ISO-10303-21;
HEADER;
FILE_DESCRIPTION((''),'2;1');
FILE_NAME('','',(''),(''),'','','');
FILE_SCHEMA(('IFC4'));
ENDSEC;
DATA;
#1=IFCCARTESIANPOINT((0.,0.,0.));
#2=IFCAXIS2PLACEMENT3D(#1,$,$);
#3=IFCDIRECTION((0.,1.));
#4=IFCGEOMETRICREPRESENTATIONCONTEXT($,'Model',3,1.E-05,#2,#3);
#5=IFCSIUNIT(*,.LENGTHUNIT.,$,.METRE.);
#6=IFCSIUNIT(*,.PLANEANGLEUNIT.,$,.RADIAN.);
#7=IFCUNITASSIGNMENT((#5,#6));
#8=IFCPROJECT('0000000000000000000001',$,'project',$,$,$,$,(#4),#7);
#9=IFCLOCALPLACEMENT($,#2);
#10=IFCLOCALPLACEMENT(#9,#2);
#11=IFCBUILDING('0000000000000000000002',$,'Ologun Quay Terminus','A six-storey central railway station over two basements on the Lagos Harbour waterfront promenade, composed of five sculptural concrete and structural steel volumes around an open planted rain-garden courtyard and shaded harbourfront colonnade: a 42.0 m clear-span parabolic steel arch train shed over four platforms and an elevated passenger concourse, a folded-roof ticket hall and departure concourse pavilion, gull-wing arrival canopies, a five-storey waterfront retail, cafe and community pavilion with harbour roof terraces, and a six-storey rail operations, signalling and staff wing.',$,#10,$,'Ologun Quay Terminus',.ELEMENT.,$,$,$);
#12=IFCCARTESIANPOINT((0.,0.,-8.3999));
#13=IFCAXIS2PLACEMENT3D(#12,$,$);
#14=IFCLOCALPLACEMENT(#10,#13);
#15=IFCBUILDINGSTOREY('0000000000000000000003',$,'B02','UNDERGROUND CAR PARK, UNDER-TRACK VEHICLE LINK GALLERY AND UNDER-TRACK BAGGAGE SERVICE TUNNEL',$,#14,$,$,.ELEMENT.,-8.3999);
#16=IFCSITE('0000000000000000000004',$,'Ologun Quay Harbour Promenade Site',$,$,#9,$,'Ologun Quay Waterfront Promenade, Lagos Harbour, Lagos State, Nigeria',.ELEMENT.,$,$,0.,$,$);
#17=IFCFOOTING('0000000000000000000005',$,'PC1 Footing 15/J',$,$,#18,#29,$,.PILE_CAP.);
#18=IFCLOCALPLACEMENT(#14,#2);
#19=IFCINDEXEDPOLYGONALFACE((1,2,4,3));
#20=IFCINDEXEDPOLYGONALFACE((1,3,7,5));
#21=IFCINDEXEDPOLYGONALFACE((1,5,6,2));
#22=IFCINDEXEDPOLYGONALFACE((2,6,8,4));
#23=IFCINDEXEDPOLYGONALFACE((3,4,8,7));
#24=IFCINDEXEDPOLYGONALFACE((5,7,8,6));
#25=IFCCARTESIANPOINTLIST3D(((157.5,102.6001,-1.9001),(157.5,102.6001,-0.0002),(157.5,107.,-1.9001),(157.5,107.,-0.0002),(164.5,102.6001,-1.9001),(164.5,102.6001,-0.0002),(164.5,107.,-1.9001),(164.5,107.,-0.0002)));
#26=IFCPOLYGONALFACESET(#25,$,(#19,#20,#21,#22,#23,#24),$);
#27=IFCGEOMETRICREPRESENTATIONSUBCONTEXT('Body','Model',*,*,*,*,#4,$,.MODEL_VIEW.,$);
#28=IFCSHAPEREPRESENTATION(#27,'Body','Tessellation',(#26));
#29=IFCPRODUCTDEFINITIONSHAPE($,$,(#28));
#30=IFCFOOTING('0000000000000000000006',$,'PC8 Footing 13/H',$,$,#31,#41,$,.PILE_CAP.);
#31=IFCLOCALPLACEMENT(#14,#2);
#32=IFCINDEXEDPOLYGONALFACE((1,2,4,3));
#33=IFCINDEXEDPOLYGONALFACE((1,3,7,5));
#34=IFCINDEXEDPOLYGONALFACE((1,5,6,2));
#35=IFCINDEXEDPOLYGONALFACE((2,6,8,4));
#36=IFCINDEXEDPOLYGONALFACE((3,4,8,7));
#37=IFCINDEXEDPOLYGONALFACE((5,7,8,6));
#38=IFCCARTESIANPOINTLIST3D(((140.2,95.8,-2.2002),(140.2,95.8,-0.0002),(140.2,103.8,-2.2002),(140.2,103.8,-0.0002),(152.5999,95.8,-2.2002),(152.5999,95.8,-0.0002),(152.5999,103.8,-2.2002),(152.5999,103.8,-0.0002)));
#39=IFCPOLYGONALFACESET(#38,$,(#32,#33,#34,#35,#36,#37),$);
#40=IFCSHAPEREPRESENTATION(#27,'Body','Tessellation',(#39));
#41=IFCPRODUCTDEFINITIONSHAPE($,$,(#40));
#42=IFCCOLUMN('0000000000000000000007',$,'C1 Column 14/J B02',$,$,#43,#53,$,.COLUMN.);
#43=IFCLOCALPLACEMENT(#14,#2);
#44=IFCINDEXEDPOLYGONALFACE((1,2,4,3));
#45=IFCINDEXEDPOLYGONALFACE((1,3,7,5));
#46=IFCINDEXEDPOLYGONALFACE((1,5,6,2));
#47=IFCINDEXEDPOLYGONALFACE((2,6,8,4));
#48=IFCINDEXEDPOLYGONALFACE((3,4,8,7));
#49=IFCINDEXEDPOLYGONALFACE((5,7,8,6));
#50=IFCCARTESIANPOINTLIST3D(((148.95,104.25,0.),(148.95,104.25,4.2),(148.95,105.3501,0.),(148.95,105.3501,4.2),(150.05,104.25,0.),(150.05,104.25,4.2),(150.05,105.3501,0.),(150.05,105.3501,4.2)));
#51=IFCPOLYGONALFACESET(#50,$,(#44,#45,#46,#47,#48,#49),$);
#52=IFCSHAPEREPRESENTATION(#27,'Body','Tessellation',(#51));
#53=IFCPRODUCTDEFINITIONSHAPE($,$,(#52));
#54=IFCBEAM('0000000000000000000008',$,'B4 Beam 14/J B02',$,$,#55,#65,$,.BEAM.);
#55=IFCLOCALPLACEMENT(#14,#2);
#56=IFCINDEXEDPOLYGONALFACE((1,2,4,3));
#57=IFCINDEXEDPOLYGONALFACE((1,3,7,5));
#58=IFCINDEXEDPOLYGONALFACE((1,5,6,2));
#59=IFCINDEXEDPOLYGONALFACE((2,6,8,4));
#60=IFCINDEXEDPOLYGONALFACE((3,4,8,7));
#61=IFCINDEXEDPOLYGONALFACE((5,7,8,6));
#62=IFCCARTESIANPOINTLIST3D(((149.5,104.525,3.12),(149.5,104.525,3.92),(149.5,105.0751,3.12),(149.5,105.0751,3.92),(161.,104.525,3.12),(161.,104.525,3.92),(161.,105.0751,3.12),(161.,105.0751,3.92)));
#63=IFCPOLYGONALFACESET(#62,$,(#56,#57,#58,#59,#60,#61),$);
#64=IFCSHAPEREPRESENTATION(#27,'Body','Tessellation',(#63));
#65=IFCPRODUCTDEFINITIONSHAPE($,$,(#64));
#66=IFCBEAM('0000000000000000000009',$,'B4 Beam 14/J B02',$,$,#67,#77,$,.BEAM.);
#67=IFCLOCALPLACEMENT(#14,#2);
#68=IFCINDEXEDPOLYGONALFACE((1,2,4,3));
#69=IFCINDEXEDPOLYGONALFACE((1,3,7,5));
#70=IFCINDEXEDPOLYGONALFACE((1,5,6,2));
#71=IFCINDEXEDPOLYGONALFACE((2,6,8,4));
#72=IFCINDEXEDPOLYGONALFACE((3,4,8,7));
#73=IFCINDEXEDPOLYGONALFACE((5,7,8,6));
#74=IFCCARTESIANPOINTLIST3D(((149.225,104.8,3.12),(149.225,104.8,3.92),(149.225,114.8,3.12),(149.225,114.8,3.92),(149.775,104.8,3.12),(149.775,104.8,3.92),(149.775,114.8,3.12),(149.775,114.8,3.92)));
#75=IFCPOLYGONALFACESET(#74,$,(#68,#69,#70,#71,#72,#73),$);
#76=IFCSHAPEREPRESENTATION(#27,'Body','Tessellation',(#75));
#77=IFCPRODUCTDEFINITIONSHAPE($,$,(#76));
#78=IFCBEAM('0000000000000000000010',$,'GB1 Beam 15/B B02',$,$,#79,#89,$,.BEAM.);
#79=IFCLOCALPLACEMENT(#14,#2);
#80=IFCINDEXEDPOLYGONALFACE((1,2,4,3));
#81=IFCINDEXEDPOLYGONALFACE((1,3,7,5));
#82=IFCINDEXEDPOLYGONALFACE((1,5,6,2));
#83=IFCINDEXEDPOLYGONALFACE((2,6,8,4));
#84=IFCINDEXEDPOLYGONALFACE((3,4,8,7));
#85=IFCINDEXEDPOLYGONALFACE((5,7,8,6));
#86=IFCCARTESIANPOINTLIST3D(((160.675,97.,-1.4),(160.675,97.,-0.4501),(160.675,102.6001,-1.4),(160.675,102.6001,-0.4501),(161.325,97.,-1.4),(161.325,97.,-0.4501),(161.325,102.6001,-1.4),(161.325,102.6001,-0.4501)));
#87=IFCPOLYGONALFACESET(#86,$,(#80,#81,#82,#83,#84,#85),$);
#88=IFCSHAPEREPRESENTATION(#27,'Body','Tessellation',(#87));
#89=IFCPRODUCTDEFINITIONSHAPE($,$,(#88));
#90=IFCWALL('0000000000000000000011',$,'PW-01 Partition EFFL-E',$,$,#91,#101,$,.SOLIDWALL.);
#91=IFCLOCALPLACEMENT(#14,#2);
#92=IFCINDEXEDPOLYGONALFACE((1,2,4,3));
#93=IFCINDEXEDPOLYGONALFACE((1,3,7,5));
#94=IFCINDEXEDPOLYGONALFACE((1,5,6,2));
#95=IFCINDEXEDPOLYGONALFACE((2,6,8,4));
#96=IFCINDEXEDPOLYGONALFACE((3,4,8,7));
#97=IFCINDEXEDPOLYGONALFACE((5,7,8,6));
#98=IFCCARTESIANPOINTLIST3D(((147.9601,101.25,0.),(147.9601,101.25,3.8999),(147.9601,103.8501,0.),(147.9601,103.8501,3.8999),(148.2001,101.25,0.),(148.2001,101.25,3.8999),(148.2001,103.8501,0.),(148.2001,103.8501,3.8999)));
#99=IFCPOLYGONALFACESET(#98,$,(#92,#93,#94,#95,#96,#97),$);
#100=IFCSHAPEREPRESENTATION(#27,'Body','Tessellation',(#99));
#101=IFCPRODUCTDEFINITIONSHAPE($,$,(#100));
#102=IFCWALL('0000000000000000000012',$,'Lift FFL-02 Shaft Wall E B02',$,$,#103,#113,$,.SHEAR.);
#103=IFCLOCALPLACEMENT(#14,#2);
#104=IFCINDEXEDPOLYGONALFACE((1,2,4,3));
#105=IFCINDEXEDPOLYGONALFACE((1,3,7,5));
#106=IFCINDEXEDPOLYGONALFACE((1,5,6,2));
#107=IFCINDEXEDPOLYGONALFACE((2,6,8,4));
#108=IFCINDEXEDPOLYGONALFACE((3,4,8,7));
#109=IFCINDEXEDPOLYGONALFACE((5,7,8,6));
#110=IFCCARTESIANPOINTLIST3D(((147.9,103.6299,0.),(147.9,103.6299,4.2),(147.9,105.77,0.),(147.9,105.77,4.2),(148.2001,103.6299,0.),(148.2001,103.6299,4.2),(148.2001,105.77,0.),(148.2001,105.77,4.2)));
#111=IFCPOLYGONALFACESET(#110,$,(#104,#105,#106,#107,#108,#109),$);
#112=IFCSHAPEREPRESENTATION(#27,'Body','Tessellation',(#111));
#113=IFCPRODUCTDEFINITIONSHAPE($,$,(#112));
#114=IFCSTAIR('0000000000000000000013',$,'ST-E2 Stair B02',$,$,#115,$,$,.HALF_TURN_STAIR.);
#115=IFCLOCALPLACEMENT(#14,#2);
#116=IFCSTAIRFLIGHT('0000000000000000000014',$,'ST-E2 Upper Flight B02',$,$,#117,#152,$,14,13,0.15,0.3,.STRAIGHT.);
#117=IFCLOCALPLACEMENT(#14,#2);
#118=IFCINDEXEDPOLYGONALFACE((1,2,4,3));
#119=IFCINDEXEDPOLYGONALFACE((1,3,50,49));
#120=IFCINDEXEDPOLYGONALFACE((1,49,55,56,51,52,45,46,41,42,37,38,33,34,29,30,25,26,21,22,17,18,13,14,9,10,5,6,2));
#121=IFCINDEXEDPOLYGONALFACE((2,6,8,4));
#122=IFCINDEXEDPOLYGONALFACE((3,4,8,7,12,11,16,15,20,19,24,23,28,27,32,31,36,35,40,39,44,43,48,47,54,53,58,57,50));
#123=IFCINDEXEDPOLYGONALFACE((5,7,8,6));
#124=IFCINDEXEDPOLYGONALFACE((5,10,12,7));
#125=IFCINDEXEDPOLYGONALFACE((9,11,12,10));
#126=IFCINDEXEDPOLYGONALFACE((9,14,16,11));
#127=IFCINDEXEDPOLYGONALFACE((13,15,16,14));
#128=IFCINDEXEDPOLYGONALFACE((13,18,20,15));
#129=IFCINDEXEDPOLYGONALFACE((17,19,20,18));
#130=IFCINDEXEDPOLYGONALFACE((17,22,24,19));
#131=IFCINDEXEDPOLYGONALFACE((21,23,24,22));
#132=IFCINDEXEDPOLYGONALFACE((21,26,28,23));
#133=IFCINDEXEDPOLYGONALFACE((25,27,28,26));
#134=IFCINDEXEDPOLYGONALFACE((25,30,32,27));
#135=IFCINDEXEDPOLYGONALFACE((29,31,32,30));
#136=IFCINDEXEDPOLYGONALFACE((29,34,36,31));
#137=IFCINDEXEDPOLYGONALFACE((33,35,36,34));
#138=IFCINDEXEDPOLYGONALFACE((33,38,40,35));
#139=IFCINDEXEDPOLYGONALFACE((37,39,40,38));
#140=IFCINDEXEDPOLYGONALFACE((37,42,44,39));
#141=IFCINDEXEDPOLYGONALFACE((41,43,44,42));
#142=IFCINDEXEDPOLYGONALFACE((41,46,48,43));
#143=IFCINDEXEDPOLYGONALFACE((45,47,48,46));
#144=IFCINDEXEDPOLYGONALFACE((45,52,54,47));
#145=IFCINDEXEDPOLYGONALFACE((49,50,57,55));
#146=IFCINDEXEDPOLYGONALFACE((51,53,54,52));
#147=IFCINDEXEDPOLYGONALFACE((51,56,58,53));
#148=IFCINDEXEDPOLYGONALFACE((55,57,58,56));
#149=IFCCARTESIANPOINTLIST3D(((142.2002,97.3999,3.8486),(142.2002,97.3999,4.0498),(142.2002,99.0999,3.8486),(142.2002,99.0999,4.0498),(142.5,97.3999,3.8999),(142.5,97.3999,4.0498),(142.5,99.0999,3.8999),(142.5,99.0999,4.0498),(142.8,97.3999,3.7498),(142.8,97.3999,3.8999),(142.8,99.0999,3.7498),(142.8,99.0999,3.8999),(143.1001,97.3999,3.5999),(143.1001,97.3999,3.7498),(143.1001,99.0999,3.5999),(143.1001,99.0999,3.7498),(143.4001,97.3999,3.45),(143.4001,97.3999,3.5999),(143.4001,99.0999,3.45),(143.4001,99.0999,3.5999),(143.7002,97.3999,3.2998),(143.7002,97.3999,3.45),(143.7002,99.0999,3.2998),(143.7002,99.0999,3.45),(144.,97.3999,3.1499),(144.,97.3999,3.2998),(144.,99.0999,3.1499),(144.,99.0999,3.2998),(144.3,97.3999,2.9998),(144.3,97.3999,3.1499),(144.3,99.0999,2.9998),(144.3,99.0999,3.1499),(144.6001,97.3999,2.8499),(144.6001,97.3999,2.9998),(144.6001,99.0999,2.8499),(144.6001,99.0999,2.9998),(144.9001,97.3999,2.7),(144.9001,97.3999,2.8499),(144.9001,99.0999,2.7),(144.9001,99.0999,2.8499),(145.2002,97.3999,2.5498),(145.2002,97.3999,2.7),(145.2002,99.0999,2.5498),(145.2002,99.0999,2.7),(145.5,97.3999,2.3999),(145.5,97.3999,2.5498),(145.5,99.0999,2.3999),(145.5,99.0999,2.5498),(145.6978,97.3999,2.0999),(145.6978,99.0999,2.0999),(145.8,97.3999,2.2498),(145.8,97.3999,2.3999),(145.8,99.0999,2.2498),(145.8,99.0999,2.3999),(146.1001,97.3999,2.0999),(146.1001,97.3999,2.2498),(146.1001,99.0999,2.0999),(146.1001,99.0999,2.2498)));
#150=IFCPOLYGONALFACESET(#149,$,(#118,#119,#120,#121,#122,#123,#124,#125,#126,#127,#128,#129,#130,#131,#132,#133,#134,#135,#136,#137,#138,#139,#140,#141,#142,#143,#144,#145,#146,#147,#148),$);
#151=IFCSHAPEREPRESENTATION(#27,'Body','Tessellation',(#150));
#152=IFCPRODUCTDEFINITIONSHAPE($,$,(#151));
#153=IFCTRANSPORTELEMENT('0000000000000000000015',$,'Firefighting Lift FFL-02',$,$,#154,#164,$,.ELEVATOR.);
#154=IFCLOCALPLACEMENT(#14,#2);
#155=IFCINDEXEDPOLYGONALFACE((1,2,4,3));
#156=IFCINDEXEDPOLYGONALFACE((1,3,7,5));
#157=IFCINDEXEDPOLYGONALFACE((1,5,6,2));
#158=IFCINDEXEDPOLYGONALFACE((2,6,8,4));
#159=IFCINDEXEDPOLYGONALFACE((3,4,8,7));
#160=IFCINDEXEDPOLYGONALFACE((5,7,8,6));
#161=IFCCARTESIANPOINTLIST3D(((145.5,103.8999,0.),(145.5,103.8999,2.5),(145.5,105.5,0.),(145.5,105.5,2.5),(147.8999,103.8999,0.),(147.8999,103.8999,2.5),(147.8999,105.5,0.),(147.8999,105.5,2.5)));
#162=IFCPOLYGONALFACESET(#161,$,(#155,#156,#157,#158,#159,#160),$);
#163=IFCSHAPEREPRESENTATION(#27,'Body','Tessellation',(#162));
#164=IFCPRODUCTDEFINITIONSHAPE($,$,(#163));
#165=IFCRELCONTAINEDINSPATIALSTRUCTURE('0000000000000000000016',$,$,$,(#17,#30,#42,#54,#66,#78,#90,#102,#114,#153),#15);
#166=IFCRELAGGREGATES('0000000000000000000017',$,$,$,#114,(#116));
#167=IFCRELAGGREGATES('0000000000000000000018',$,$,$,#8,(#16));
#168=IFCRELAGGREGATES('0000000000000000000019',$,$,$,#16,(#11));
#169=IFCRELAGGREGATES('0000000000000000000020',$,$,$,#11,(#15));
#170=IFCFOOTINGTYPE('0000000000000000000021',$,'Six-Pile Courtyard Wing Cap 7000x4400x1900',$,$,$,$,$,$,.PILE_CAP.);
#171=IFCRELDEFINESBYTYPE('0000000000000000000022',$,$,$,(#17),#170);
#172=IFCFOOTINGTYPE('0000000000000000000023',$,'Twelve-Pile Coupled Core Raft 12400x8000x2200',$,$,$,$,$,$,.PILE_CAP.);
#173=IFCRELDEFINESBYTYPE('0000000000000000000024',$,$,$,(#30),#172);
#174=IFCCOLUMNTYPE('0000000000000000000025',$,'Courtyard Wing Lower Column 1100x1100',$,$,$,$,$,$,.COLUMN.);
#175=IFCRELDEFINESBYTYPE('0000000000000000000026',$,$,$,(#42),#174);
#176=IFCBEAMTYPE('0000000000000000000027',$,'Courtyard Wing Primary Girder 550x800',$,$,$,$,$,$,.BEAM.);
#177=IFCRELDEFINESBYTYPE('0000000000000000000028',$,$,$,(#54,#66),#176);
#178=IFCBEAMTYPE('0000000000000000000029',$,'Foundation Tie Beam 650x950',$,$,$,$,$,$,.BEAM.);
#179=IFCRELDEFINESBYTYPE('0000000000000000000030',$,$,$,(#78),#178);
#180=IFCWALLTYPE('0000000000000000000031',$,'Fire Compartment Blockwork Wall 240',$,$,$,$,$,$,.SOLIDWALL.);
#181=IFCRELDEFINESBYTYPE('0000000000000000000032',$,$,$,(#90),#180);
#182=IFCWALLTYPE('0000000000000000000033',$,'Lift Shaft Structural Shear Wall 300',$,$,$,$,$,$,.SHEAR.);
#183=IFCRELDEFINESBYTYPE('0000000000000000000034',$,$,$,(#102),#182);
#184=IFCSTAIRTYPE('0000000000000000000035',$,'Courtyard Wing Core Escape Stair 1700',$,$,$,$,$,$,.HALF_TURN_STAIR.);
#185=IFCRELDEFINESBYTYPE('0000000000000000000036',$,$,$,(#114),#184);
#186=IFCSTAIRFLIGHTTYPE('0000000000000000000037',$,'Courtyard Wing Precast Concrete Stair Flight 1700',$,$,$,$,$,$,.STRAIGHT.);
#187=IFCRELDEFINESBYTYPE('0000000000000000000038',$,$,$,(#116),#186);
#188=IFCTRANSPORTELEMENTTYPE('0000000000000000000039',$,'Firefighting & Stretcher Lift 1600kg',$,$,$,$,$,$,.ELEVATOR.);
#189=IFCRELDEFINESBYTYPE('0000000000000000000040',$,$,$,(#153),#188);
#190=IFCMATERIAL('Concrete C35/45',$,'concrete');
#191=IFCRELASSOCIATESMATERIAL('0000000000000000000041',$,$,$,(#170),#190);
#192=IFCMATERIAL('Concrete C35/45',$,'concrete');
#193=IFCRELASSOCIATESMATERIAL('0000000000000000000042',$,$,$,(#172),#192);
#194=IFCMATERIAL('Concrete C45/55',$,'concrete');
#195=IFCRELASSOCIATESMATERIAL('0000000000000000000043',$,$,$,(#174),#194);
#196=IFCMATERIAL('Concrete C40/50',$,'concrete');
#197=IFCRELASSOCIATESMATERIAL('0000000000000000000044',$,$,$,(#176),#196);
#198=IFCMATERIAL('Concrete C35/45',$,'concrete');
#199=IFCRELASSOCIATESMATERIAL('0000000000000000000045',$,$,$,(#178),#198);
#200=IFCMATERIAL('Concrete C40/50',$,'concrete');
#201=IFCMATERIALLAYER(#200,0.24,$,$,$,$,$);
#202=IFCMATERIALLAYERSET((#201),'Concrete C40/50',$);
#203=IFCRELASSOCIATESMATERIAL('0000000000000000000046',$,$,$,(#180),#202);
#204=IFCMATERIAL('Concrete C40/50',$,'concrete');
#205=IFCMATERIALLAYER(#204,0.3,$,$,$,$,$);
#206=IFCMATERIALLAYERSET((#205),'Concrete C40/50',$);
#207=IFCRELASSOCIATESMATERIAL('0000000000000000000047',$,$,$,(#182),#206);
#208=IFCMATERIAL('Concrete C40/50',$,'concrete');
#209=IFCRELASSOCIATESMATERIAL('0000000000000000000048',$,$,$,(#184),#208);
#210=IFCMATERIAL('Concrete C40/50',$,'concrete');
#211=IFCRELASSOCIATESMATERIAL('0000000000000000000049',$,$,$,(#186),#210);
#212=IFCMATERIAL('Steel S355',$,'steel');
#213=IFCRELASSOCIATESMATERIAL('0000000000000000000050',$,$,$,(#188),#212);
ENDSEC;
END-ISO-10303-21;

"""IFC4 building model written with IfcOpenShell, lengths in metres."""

from ifc_helpers import new_model, si_unit, direction, frame, frame_2d, origin, origin_2d, place, context, subcontext, project, spatial, polyline, rectangle, outline, extrude, material, layer, layer_set, material_profile, profile_set, type_object, element, aggregate, save


model = new_model("IFC4")

# Units and contexts
model_context = context("Model", 3, precision=1e-05, world=origin(), true_north=direction((0.0, 1.0)))
body_context = subcontext(model_context, "Body", "Model", "MODEL_VIEW")
ifc_project = project(units=[si_unit("LENGTHUNIT", "METRE"), si_unit("PLANEANGLEUNIT", "RADIAN")], contexts=[model_context])

# Site, building, storey
site_placement = place(None, origin())
site = spatial("IfcSite", under=ifc_project, at=site_placement, Name="Ologun Quay Harbour Promenade Site", LongName="Ologun Quay Waterfront Promenade, Lagos Harbour, Lagos State, Nigeria", CompositionType="ELEMENT", RefElevation=0.0)
building_placement = place(site_placement, origin())
building = spatial("IfcBuilding", under=site, at=building_placement, Name="Ologun Quay Terminus", Description="A six-storey central railway station over two basements on the Lagos Harbour waterfront promenade, composed of five sculptural concrete and structural steel volumes around an open planted rain-garden courtyard and shaded harbourfront colonnade: a 42.0 m clear-span parabolic steel arch train shed over four platforms and an elevated passenger concourse, a folded-roof ticket hall and departure concourse pavilion, gull-wing arrival canopies, a five-storey waterfront retail, cafe and community pavilion with harbour roof terraces, and a six-storey rail operations, signalling and staff wing.", LongName="Ologun Quay Terminus", CompositionType="ELEMENT")
storey_placement = place(building_placement, frame((0.0, 0.0, -8.3999)))
storey = spatial("IfcBuildingStorey", under=building, at=storey_placement, Name="B02", Description="UNDERGROUND CAR PARK, UNDER-TRACK VEHICLE LINK GALLERY AND UNDER-TRACK BAGGAGE SERVICE TUNNEL", CompositionType="ELEMENT", Elevation=-8.3999)

# Footings
ifc_material_1 = material(Name="Concrete C35/45", Category="concrete")
footing_type_1 = type_object("IfcFootingType", Name="Six-Pile Courtyard Wing Cap 7000x4400x1900", PredefinedType="PILE_CAP", material=ifc_material_1)
footing_1_placement = place(storey_placement, frame((161.0, 104.8, -1.9001), z_axis=(0.0, 0.0, 1.0), x_axis=(1.0, 0.0, 0.0)))
element("IfcFooting", 1, at=footing_1_placement, inside=storey, type_object=footing_type_1, Name="PC1 Footing 15/J", PredefinedType="PILE_CAP", context=body_context, shape_type="SweptSolid", body=[
    extrude(rectangle(XDim=7.0, YDim=4.3999, at=origin_2d()), origin(), (0.0, 0.0, 1.0), 1.8999),
])
ifc_material_2 = material(Name="Concrete C35/45", Category="concrete")
footing_type_2 = type_object("IfcFootingType", Name="Twelve-Pile Coupled Core Raft 12400x8000x2200", PredefinedType="PILE_CAP", material=ifc_material_2)
footing_2_placement = place(storey_placement, frame((146.3999, 99.8, -2.2002), z_axis=(0.0, 0.0, 1.0), x_axis=(1.0, 0.0, 0.0)))
element("IfcFooting", 2, at=footing_2_placement, inside=storey, type_object=footing_type_2, Name="PC8 Footing 13/H", PredefinedType="PILE_CAP", context=body_context, shape_type="SweptSolid", body=[
    extrude(rectangle(XDim=12.3999, YDim=8.0, at=origin_2d()), origin(), (0.0, 0.0, 1.0), 2.2),
])

# Column
ifc_material_3 = material(Name="Concrete C45/55", Category="concrete")
ifc_material_profile_1 = material_profile(ifc_material_3, rectangle(XDim=1.1001, YDim=1.1001, at=origin_2d()), Name="RC 1100x1100")
ifc_profile_set_1 = profile_set([ifc_material_profile_1], Name="Concrete C45/55")
column_type = type_object("IfcColumnType", Name="Courtyard Wing Lower Column 1100x1100", PredefinedType="COLUMN", material=ifc_profile_set_1)
column_placement = place(storey_placement, frame((149.5, 104.8, 0.0), z_axis=(0.0, 0.0, 1.0), x_axis=(1.0, 0.0, 0.0)))
element("IfcColumn", 3, at=column_placement, inside=storey, type_object=column_type, Name="C1 Column 14/J B02", PredefinedType="COLUMN", context=body_context, shape_type="SweptSolid", body=[
    extrude(rectangle(XDim=1.1001, YDim=1.1001, at=origin_2d()), origin(), (0.0, 0.0, 1.0), 4.2),
])

# Beams
ifc_material_4 = material(Name="Concrete C40/50", Category="concrete")
ifc_material_profile_2 = material_profile(ifc_material_4, rectangle(XDim=0.55, YDim=0.8, at=origin_2d()), Name="RC 550x800")
ifc_profile_set_2 = profile_set([ifc_material_profile_2], Name="Concrete C40/50")
beam_type_1 = type_object("IfcBeamType", Name="Courtyard Wing Primary Girder 550x800", PredefinedType="BEAM", material=ifc_profile_set_2)
beam_1_placement = place(storey_placement, frame((149.5, 104.8, 3.52), z_axis=(1.0, 0.0, 0.0), x_axis=(0.0, 1.0, 0.0)))
element("IfcBeam", 4, at=beam_1_placement, inside=storey, type_object=beam_type_1, Name="B4 Beam 14/J B02", PredefinedType="BEAM", context=body_context, shape_type="SweptSolid", body=[
    extrude(rectangle(XDim=0.55, YDim=0.8, at=origin_2d()), origin(), (0.0, 0.0, 1.0), 11.5),
])
beam_2_placement = place(storey_placement, frame((149.5, 104.8, 3.52), z_axis=(0.0, 1.0, 0.0), x_axis=(-1.0, 0.0, 0.0)))
element("IfcBeam", 5, at=beam_2_placement, inside=storey, type_object=beam_type_1, Name="B4 Beam 14/J B02", PredefinedType="BEAM", context=body_context, shape_type="SweptSolid", body=[
    extrude(rectangle(XDim=0.55, YDim=0.8, at=origin_2d()), origin(), (0.0, 0.0, 1.0), 10.0),
])
ifc_material_5 = material(Name="Concrete C35/45", Category="concrete")
ifc_material_profile_3 = material_profile(ifc_material_5, rectangle(XDim=0.6499, YDim=0.95, at=origin_2d()), Name="RC 650x950")
ifc_profile_set_3 = profile_set([ifc_material_profile_3], Name="Concrete C35/45")
beam_type_2 = type_object("IfcBeamType", Name="Foundation Tie Beam 650x950", PredefinedType="BEAM", material=ifc_profile_set_3)
beam_3_placement = place(storey_placement, frame((161.0, 97.0, -0.925), z_axis=(0.0, 1.0, 0.0), x_axis=(-1.0, 0.0, 0.0)))
element("IfcBeam", 6, at=beam_3_placement, inside=storey, type_object=beam_type_2, Name="GB1 Beam 15/B B02", PredefinedType="BEAM", context=body_context, shape_type="SweptSolid", body=[
    extrude(rectangle(XDim=0.6499, YDim=0.95, at=origin_2d()), origin(), (0.0, 0.0, 1.0), 5.6001),
])

# Walls
ifc_material_6 = material(Name="Concrete C40/50", Category="concrete")
ifc_layer_1 = layer(ifc_material_6, 0.24)
ifc_layer_set_1 = layer_set([ifc_layer_1], Name="Concrete C40/50")
wall_type_1 = type_object("IfcWallType", Name="Fire Compartment Blockwork Wall 240", PredefinedType="SOLIDWALL", material=ifc_layer_set_1)
wall_1_placement = place(storey_placement, frame((148.0801, 101.25, 0.0), z_axis=(0.0, 0.0, 1.0), x_axis=(0.0, 1.0, 0.0)))
element("IfcWall", 7, at=wall_1_placement, inside=storey, type_object=wall_type_1, Name="PW-01 Partition EFFL-E", PredefinedType="SOLIDWALL", context=body_context, shape_type="SweptSolid", body=[
    extrude(rectangle(XDim=2.6001, YDim=0.24, at=frame_2d((1.3, 0.0))), origin(), (0.0, 0.0, 1.0), 3.8999),
])
ifc_material_7 = material(Name="Concrete C40/50", Category="concrete")
ifc_layer_2 = layer(ifc_material_7, 0.3)
ifc_layer_set_2 = layer_set([ifc_layer_2], Name="Concrete C40/50")
wall_type_2 = type_object("IfcWallType", Name="Lift Shaft Structural Shear Wall 300", PredefinedType="SHEAR", material=ifc_layer_set_2)
wall_2_placement = place(storey_placement, frame((148.05, 103.6299, 0.0), z_axis=(0.0, 0.0, 1.0), x_axis=(0.0, 1.0, 0.0)))
element("IfcWall", 8, at=wall_2_placement, inside=storey, type_object=wall_type_2, Name="Lift FFL-02 Shaft Wall E B02", PredefinedType="SHEAR", context=body_context, shape_type="SweptSolid", body=[
    extrude(rectangle(XDim=2.1401, YDim=0.3, at=frame_2d((1.0701, 0.0))), origin(), (0.0, 0.0, 1.0), 4.2),
])

# Stair, stair flight
ifc_material_8 = material(Name="Concrete C40/50", Category="concrete")
stair_type = type_object("IfcStairType", Name="Courtyard Wing Core Escape Stair 1700", PredefinedType="HALF_TURN_STAIR", material=ifc_material_8)
stair_placement = place(storey_placement, origin())
stair = element("IfcStair", 9, at=stair_placement, inside=storey, type_object=stair_type, Name="ST-E2 Stair B02", PredefinedType="HALF_TURN_STAIR")
ifc_material_9 = material(Name="Concrete C40/50", Category="concrete")
stair_flight_type = type_object("IfcStairFlightType", Name="Courtyard Wing Precast Concrete Stair Flight 1700", PredefinedType="STRAIGHT", material=ifc_material_9)
stair_flight_placement = place(storey_placement, frame((146.1001, 98.25, 2.0999), z_axis=(0.0, 0.0, 1.0), x_axis=(-1.0, 0.0, 0.0)))
stair_flight = element("IfcStairFlight", 10, at=stair_flight_placement, type_object=stair_flight_type, Name="ST-E2 Upper Flight B02", NumberOfRisers=14, NumberOfTreads=13, PredefinedType="STRAIGHT", RiserHeight=0.15, TreadLength=0.3, context=body_context, shape_type="SweptSolid", body=[
    extrude(outline(polyline([(0.0, 0.0), (0.0, 0.1499), (0.3, 0.1499), (0.3, 0.3), (0.6001, 0.3), (0.6001, 0.45), (0.8999, 0.45), (0.8999, 0.6001), (1.2, 0.6001), (1.2, 0.75), (1.5, 0.75), (1.5, 0.8999), (1.8, 0.8999), (1.8, 1.05), (2.1001, 1.05), (2.1001, 1.2), (2.3999, 1.2), (2.3999, 1.3501), (2.7, 1.3501), (2.7, 1.5), (3.0, 1.5), (3.0, 1.6499), (3.3, 1.6499), (3.3, 1.8), (3.6001, 1.8), (3.6001, 1.95), (3.8999, 1.95), (3.8999, 2.1001), (3.8999, 1.7488), (0.4023, 0.0), (0.0, 0.0)])), frame((0.0, 0.8501, 0.0), z_axis=(0.0, -1.0, 0.0), x_axis=(1.0, 0.0, 0.0)), (0.0, 0.0, 1.0), 1.7),
])
aggregate(stair, [stair_flight])

# Transport element
ifc_material_10 = material(Name="Steel S355", Category="steel")
transport_element_type = type_object("IfcTransportElementType", Name="Firefighting & Stretcher Lift 1600kg", PredefinedType="ELEVATOR", material=ifc_material_10)
transport_element_placement = place(storey_placement, frame((146.7, 104.7, 0.0), z_axis=(0.0, 0.0, 1.0), x_axis=(1.0, 0.0, 0.0)))
element("IfcTransportElement", 11, at=transport_element_placement, inside=storey, type_object=transport_element_type, Name="Firefighting Lift FFL-02", PredefinedType="ELEVATOR", context=body_context, shape_type="SweptSolid", body=[
    extrude(rectangle(XDim=2.3999, YDim=1.6001, at=origin_2d()), origin(), (0.0, 0.0, 1.0), 2.5),
])

save(model, "model.ifc")
